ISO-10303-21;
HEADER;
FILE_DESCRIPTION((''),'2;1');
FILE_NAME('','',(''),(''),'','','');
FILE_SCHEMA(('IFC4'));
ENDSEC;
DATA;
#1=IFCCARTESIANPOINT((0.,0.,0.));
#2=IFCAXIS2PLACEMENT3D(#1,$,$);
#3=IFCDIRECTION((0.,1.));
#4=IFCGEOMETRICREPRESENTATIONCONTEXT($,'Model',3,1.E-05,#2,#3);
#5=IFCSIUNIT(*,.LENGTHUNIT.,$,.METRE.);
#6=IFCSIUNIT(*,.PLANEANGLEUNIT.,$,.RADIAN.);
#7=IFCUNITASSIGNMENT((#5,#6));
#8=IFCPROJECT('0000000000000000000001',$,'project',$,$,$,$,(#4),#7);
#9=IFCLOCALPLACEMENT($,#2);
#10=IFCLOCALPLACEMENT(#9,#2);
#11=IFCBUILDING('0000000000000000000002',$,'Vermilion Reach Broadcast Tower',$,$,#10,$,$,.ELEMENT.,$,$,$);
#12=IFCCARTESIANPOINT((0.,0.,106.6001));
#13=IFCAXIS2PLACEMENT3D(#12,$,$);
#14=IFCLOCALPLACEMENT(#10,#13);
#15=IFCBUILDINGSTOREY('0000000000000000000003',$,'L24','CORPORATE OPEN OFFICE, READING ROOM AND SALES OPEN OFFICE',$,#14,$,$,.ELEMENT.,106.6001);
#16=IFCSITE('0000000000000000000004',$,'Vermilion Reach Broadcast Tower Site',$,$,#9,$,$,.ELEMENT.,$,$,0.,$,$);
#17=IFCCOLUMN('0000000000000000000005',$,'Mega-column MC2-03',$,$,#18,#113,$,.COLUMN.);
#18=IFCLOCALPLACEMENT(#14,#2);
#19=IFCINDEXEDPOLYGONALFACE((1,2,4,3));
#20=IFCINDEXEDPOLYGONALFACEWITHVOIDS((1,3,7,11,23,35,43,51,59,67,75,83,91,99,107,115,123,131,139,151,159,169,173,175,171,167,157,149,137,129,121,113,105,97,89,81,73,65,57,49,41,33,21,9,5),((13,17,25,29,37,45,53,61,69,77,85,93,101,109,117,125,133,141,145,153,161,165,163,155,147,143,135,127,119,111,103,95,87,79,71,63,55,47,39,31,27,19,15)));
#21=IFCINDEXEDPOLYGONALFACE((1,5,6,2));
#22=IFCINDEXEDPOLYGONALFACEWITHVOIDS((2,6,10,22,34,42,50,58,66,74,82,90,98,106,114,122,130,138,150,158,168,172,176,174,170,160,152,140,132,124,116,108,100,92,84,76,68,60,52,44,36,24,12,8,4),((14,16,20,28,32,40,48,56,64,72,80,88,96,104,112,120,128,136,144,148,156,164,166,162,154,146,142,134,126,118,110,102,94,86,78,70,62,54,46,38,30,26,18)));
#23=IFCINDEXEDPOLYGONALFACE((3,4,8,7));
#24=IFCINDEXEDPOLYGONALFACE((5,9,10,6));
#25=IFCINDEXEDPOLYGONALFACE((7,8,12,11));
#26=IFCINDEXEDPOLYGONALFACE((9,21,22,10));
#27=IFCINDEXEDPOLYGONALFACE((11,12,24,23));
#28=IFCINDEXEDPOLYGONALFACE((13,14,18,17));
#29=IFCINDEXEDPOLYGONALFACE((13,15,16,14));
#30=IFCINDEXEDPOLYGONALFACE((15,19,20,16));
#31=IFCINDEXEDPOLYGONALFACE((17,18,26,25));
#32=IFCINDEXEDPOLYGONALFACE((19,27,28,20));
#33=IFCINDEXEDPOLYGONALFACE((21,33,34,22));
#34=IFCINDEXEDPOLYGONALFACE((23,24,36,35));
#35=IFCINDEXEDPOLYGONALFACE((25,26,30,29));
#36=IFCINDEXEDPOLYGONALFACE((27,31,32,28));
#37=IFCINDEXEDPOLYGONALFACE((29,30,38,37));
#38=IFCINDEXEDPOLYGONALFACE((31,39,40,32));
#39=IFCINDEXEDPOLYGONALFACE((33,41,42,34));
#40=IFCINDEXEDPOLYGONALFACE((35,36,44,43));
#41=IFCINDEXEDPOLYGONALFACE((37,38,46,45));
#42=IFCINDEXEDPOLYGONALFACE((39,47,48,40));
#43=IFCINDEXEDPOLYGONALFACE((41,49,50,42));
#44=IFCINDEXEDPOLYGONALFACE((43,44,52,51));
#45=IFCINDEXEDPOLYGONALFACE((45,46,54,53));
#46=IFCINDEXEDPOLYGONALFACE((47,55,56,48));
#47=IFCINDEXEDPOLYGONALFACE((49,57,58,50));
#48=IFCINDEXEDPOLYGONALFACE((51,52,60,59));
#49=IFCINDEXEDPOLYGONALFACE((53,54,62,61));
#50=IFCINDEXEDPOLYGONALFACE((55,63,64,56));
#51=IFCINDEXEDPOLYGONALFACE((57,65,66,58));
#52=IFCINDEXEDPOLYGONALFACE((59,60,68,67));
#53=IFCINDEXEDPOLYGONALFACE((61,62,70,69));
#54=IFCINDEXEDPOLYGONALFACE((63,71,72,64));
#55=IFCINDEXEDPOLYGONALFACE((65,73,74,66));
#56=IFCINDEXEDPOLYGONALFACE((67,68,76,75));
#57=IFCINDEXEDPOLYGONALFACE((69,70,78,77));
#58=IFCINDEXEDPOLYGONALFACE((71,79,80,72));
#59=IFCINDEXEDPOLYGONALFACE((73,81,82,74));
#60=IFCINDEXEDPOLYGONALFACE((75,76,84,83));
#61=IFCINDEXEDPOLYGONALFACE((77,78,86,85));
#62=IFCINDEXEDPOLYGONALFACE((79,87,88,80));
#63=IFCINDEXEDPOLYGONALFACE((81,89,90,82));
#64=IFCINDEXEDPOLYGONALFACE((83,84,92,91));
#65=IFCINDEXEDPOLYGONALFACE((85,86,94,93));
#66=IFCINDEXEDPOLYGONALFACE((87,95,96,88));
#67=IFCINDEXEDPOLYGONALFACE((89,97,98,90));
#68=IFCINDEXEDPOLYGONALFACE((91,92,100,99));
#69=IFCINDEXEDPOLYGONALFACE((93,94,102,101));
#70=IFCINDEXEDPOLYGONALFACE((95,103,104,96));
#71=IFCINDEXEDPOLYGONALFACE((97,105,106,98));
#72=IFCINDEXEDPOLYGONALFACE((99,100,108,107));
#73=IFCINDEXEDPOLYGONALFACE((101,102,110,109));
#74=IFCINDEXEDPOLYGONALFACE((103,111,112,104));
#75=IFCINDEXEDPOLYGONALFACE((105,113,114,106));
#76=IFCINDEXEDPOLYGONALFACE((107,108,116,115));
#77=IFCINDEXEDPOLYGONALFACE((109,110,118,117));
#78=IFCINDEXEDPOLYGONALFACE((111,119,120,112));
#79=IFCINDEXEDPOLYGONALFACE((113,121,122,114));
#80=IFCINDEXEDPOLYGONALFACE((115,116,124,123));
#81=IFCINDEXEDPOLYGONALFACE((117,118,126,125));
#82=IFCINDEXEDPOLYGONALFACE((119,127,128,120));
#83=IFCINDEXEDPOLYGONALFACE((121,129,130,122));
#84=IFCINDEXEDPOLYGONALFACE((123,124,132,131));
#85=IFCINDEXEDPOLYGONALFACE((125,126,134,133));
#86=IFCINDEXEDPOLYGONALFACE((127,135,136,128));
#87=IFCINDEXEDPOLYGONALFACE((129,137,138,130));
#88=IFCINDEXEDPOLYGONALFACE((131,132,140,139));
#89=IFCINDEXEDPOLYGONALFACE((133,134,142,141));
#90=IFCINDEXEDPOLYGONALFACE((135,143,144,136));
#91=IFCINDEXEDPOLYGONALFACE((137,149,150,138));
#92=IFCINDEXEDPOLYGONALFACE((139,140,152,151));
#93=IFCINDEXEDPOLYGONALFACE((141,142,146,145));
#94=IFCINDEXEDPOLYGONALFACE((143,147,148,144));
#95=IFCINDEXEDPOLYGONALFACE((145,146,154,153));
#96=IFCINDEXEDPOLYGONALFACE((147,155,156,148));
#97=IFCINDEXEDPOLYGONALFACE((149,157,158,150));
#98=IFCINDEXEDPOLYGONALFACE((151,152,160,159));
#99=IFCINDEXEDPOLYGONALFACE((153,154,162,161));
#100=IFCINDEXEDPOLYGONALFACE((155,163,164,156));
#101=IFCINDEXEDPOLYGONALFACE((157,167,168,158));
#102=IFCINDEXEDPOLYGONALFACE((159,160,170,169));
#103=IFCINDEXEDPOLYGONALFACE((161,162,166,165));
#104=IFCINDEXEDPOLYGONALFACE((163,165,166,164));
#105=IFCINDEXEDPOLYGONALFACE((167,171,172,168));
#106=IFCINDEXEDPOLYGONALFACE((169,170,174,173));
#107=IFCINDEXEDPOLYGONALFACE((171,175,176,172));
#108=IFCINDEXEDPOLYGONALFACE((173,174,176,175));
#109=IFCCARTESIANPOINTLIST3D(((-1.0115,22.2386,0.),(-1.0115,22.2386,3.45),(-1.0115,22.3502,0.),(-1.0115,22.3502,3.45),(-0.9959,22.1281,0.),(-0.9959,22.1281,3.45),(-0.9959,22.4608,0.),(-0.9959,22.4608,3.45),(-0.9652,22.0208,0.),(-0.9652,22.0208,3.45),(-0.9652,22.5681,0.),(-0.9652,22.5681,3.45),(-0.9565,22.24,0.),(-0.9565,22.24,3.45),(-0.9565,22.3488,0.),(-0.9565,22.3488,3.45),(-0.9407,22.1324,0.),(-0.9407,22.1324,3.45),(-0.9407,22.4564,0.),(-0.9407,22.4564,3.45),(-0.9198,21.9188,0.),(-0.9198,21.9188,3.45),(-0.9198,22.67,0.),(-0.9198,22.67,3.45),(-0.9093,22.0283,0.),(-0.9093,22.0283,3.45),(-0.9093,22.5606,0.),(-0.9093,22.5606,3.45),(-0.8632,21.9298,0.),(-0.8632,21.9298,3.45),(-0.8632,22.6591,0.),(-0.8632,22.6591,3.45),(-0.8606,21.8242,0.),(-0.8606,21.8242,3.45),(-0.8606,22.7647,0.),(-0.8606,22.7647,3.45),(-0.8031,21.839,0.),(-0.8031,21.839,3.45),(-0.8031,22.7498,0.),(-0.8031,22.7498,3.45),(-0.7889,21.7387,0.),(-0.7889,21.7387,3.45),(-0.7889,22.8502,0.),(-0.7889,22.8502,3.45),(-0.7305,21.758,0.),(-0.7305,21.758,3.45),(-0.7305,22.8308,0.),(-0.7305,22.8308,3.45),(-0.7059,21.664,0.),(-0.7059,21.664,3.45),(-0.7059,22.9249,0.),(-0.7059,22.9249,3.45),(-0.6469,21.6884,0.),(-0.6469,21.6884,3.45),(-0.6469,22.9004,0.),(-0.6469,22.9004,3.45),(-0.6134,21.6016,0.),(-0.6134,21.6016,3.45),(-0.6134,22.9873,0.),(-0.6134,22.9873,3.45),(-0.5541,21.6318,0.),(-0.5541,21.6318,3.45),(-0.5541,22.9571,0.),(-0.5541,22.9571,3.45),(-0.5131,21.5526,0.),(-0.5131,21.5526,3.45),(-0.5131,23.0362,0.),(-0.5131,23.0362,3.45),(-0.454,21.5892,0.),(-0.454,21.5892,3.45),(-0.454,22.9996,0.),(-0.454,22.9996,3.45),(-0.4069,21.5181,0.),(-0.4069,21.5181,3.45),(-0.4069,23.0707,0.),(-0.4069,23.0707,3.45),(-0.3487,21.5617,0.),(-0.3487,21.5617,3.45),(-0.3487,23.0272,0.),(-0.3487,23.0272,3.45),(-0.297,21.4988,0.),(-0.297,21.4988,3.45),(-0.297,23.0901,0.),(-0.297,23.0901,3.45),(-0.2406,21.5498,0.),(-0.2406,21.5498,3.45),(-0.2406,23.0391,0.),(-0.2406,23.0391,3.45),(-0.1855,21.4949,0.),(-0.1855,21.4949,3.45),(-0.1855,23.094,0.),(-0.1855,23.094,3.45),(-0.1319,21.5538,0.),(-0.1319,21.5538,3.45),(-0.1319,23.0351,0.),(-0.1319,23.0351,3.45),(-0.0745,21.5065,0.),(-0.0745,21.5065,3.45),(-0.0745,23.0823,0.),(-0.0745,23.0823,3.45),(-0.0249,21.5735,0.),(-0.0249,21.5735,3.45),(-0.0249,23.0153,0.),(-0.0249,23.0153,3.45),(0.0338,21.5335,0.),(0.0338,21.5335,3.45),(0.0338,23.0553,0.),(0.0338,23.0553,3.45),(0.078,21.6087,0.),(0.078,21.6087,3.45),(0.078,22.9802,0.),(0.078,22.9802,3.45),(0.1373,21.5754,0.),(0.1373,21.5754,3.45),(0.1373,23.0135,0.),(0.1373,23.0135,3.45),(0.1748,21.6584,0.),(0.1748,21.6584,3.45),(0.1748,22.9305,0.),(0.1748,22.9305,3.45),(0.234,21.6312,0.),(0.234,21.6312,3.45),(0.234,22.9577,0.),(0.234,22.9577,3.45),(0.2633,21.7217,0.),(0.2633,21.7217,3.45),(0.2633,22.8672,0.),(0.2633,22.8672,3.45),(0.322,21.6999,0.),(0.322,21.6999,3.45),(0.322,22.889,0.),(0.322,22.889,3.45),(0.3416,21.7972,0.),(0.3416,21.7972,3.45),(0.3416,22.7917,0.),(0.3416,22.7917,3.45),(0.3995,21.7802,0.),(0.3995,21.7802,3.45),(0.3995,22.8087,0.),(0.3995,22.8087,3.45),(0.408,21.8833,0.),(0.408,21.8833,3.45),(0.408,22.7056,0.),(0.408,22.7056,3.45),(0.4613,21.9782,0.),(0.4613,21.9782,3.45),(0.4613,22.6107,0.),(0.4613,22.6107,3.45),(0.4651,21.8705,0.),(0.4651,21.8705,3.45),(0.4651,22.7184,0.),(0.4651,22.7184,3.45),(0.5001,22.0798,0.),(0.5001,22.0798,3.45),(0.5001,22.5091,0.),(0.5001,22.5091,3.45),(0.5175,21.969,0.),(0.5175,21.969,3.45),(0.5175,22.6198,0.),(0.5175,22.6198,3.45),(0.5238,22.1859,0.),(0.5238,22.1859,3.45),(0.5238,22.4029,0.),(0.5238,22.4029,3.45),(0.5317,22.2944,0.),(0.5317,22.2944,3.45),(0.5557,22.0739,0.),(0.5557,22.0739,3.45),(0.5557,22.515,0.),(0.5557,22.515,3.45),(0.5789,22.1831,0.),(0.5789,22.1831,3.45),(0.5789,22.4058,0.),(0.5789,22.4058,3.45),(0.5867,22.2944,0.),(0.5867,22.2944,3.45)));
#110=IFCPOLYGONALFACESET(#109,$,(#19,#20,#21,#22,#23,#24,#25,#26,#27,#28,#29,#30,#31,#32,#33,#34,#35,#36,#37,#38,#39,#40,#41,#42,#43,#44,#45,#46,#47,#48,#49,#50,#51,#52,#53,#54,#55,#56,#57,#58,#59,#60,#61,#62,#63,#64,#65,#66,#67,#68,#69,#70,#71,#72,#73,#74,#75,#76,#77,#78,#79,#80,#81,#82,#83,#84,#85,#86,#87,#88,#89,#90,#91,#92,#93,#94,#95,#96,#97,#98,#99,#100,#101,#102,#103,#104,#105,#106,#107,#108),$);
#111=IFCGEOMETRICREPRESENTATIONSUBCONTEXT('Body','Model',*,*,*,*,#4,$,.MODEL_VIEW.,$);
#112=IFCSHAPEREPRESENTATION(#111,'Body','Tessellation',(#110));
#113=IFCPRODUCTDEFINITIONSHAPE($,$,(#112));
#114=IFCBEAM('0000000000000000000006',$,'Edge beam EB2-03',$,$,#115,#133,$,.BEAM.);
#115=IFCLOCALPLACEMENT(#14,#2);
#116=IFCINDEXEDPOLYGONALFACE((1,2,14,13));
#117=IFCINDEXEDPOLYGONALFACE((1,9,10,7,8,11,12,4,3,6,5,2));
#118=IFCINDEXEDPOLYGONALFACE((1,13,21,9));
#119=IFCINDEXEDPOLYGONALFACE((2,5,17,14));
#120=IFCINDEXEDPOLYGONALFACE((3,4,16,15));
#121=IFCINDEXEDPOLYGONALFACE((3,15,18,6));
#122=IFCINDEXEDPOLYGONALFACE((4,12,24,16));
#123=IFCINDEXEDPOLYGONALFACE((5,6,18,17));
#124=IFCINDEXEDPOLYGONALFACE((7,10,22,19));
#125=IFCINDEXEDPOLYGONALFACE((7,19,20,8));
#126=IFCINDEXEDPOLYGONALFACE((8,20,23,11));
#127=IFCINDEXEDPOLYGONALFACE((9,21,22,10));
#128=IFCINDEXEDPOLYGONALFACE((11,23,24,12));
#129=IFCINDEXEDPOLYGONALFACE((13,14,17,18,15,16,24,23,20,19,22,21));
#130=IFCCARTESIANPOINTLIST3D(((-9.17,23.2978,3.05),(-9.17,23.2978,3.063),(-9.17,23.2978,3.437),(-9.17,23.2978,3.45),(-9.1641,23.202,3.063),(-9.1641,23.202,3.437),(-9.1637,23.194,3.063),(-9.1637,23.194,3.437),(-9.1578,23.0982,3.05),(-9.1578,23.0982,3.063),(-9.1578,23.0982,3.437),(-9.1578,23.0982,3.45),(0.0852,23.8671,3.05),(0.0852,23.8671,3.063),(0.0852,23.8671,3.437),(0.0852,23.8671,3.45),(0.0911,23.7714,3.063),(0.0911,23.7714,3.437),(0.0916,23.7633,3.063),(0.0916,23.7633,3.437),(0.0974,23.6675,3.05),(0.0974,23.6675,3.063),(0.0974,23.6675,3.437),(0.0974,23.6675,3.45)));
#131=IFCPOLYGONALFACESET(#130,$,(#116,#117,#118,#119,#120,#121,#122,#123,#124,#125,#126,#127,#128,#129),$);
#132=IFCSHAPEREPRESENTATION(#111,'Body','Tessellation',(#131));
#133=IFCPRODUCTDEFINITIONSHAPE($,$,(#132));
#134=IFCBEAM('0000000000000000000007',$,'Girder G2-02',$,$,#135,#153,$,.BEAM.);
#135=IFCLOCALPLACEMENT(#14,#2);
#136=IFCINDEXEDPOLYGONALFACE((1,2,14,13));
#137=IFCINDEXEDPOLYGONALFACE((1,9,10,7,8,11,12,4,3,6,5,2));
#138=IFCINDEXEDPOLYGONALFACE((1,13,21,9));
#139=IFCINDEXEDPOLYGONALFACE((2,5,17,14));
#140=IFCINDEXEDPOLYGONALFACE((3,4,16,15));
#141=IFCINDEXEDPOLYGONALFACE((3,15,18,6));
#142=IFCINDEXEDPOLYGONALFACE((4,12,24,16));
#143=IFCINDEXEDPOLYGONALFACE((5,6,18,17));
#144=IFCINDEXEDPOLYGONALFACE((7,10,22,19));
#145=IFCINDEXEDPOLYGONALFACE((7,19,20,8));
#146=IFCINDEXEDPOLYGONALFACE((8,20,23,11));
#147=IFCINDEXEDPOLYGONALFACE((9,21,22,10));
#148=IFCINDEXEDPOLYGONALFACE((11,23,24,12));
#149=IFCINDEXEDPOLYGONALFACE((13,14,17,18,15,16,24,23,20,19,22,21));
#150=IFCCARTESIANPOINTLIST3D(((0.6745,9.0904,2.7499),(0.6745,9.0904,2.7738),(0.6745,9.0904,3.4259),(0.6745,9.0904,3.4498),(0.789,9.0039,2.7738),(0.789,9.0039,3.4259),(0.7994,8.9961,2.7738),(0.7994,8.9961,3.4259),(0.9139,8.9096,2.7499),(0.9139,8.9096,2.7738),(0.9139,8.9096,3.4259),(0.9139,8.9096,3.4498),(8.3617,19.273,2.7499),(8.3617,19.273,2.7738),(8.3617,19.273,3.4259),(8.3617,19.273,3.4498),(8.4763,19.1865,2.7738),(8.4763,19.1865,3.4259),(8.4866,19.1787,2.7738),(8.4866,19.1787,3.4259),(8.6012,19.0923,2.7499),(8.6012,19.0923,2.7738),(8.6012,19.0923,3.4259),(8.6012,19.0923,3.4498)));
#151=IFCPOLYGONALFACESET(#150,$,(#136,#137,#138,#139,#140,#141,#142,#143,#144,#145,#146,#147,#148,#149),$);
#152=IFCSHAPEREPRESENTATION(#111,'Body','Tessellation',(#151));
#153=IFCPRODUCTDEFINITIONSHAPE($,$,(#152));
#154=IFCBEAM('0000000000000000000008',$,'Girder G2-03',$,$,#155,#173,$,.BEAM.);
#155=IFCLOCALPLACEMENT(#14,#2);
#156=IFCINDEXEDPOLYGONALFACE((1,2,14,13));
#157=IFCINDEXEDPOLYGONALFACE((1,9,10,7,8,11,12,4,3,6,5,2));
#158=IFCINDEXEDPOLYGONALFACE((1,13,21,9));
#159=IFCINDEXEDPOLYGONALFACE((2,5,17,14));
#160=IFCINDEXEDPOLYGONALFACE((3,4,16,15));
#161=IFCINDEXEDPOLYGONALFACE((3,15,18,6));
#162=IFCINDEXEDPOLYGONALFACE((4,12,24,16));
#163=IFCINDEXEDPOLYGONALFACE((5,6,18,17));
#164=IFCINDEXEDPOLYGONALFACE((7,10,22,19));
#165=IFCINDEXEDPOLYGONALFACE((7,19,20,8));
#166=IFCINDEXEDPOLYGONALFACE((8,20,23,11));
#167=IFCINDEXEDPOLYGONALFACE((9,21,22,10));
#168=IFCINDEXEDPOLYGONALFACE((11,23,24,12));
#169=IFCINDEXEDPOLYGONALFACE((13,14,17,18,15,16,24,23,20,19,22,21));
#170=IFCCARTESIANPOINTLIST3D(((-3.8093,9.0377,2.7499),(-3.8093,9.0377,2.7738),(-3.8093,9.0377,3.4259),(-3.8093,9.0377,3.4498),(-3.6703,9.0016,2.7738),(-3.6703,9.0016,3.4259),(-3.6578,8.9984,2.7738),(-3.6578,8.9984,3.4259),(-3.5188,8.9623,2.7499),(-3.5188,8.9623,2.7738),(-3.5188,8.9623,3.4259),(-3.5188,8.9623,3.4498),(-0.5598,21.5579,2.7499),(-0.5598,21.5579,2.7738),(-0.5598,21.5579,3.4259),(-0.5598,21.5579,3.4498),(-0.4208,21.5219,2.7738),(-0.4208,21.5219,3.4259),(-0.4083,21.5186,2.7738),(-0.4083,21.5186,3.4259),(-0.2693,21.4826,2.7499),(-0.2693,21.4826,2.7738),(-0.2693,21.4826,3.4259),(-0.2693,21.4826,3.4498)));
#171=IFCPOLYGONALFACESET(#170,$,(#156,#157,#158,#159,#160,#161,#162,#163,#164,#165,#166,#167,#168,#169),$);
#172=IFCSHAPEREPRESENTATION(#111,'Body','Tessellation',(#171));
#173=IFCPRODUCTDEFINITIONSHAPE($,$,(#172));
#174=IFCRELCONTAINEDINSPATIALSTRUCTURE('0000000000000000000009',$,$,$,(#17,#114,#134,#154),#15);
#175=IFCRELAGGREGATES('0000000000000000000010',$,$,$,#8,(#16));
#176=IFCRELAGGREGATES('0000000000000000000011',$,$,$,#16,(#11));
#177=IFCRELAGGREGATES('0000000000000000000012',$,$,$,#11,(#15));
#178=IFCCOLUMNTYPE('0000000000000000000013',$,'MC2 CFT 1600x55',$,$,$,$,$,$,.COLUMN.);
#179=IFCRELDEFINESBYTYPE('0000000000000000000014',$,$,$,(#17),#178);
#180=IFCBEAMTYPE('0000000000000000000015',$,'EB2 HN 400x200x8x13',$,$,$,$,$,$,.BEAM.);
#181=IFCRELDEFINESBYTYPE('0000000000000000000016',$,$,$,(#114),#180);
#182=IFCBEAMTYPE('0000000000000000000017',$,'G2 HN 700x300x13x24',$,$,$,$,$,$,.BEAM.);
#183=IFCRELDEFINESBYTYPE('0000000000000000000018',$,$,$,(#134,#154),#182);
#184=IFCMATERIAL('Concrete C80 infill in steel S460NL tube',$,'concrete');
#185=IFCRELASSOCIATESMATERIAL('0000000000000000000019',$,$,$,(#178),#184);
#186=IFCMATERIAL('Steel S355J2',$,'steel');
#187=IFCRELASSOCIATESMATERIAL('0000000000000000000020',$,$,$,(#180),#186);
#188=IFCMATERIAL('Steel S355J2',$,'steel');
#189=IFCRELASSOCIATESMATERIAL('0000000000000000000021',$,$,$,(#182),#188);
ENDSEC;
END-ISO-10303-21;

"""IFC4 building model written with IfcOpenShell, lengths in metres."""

from ifc_helpers import new_model, si_unit, direction, frame, origin, origin_2d, place, context, subcontext, project, spatial, hollow_circle, i_section, extrude, material, material_profile, profile_set, type_object, element, save


model = new_model("IFC4")

# Units and contexts
model_context = context("Model", 3, precision=1e-05, world=origin(), true_north=direction((0.0, 1.0)))
body_context = subcontext(model_context, "Body", "Model", "MODEL_VIEW")
ifc_project = project(units=[si_unit("LENGTHUNIT", "METRE"), si_unit("PLANEANGLEUNIT", "RADIAN")], contexts=[model_context])

# Site, building, storey
site_placement = place(None, origin())
site = spatial("IfcSite", under=ifc_project, at=site_placement, Name="Vermilion Reach Broadcast Tower Site", CompositionType="ELEMENT", RefElevation=0.0)
building_placement = place(site_placement, origin())
building = spatial("IfcBuilding", under=site, at=building_placement, Name="Vermilion Reach Broadcast Tower", CompositionType="ELEMENT")
storey_placement = place(building_placement, frame((0.0, 0.0, 106.6001)))
storey = spatial("IfcBuildingStorey", under=building, at=storey_placement, Name="L24", Description="CORPORATE OPEN OFFICE, READING ROOM AND SALES OPEN OFFICE", CompositionType="ELEMENT", Elevation=106.6001)

# Column
ifc_material_1 = material(Name="Concrete C80 infill in steel S460NL tube", Category="concrete")
ifc_material_profile_1 = material_profile(ifc_material_1, hollow_circle(Radius=0.8, WallThickness=0.0549, at=origin_2d()), Name="Concrete C80 infill in steel S460NL tube CFT 1600x55")
ifc_profile_set_1 = profile_set([ifc_material_profile_1], Name="Concrete C80 infill in steel S460NL tube")
column_type = type_object("IfcColumnType", Name="MC2 CFT 1600x55", PredefinedType="COLUMN", material=ifc_profile_set_1)
column_placement = place(storey_placement, frame((-0.2134, 22.2944, 0.0), z_axis=(0.0, 0.0, 1.0), x_axis=(1.0, 0.0, 0.0)))
element("IfcColumn", 1, at=column_placement, inside=storey, type_object=column_type, Name="Mega-column MC2-03", PredefinedType="COLUMN", context=body_context, shape_type="SweptSolid", body=[
    extrude(hollow_circle(Radius=0.8, WallThickness=0.0549, at=origin_2d()), origin(), (0.0, 0.0, 1.0), 3.45),
])

# Beams
ifc_material_2 = material(Name="Steel S355J2", Category="steel")
ifc_material_profile_2 = material_profile(ifc_material_2, i_section(OverallWidth=0.2, OverallDepth=0.3999, WebThickness=0.0081, FlangeThickness=0.0129, at=origin_2d()), Name="S355J2 HN 400x200x8x13")
ifc_profile_set_2 = profile_set([ifc_material_profile_2], Name="Steel S355J2")
beam_type_1 = type_object("IfcBeamType", Name="EB2 HN 400x200x8x13", PredefinedType="BEAM", material=ifc_profile_set_2)
beam_1_placement = place(storey_placement, frame((0.0913, 23.7673, 3.25), z_axis=(-0.998113, -0.0614, 0.0), x_axis=(0.0614, -0.998113, 0.0)))
element("IfcBeam", 2, at=beam_1_placement, inside=storey, type_object=beam_type_1, Name="Edge beam EB2-03", PredefinedType="BEAM", context=body_context, shape_type="SweptSolid", body=[
    extrude(i_section(OverallWidth=0.2, OverallDepth=0.3999, WebThickness=0.0081, FlangeThickness=0.0129, at=origin_2d()), origin(), (0.0, 0.0, 1.0), 9.2727),
])
ifc_material_3 = material(Name="Steel S355J2", Category="steel")
ifc_material_profile_3 = material_profile(ifc_material_3, i_section(OverallWidth=0.3, OverallDepth=0.7, WebThickness=0.0129, FlangeThickness=0.0239, at=origin_2d()), Name="S355J2 HN 700x300x13x24")
ifc_profile_set_3 = profile_set([ifc_material_profile_3], Name="Steel S355J2")
beam_type_2 = type_object("IfcBeamType", Name="G2 HN 700x300x13x24", PredefinedType="BEAM", material=ifc_profile_set_3)
beam_2_placement = place(storey_placement, frame((0.7942, 9.0, 3.0999), z_axis=(0.60252, 0.798104, 0.0), x_axis=(-0.798104, 0.60252, 0.0)))
element("IfcBeam", 3, at=beam_2_placement, inside=storey, type_object=beam_type_2, Name="Girder G2-02", PredefinedType="BEAM", context=body_context, shape_type="SweptSolid", body=[
    extrude(i_section(OverallWidth=0.3, OverallDepth=0.7, WebThickness=0.0129, FlangeThickness=0.0239, at=origin_2d()), origin(), (0.0, 0.0, 1.0), 12.7585),
])
beam_3_placement = place(storey_placement, frame((-3.6641, 9.0, 3.0999), z_axis=(0.251217, 0.967931, 0.0), x_axis=(-0.967931, 0.251217, 0.0)))
element("IfcBeam", 4, at=beam_3_placement, inside=storey, type_object=beam_type_2, Name="Girder G2-03", PredefinedType="BEAM", context=body_context, shape_type="SweptSolid", body=[
    extrude(i_section(OverallWidth=0.3, OverallDepth=0.7, WebThickness=0.0129, FlangeThickness=0.0239, at=origin_2d()), origin(), (0.0, 0.0, 1.0), 12.9351),
])

save(model, "model.ifc")
